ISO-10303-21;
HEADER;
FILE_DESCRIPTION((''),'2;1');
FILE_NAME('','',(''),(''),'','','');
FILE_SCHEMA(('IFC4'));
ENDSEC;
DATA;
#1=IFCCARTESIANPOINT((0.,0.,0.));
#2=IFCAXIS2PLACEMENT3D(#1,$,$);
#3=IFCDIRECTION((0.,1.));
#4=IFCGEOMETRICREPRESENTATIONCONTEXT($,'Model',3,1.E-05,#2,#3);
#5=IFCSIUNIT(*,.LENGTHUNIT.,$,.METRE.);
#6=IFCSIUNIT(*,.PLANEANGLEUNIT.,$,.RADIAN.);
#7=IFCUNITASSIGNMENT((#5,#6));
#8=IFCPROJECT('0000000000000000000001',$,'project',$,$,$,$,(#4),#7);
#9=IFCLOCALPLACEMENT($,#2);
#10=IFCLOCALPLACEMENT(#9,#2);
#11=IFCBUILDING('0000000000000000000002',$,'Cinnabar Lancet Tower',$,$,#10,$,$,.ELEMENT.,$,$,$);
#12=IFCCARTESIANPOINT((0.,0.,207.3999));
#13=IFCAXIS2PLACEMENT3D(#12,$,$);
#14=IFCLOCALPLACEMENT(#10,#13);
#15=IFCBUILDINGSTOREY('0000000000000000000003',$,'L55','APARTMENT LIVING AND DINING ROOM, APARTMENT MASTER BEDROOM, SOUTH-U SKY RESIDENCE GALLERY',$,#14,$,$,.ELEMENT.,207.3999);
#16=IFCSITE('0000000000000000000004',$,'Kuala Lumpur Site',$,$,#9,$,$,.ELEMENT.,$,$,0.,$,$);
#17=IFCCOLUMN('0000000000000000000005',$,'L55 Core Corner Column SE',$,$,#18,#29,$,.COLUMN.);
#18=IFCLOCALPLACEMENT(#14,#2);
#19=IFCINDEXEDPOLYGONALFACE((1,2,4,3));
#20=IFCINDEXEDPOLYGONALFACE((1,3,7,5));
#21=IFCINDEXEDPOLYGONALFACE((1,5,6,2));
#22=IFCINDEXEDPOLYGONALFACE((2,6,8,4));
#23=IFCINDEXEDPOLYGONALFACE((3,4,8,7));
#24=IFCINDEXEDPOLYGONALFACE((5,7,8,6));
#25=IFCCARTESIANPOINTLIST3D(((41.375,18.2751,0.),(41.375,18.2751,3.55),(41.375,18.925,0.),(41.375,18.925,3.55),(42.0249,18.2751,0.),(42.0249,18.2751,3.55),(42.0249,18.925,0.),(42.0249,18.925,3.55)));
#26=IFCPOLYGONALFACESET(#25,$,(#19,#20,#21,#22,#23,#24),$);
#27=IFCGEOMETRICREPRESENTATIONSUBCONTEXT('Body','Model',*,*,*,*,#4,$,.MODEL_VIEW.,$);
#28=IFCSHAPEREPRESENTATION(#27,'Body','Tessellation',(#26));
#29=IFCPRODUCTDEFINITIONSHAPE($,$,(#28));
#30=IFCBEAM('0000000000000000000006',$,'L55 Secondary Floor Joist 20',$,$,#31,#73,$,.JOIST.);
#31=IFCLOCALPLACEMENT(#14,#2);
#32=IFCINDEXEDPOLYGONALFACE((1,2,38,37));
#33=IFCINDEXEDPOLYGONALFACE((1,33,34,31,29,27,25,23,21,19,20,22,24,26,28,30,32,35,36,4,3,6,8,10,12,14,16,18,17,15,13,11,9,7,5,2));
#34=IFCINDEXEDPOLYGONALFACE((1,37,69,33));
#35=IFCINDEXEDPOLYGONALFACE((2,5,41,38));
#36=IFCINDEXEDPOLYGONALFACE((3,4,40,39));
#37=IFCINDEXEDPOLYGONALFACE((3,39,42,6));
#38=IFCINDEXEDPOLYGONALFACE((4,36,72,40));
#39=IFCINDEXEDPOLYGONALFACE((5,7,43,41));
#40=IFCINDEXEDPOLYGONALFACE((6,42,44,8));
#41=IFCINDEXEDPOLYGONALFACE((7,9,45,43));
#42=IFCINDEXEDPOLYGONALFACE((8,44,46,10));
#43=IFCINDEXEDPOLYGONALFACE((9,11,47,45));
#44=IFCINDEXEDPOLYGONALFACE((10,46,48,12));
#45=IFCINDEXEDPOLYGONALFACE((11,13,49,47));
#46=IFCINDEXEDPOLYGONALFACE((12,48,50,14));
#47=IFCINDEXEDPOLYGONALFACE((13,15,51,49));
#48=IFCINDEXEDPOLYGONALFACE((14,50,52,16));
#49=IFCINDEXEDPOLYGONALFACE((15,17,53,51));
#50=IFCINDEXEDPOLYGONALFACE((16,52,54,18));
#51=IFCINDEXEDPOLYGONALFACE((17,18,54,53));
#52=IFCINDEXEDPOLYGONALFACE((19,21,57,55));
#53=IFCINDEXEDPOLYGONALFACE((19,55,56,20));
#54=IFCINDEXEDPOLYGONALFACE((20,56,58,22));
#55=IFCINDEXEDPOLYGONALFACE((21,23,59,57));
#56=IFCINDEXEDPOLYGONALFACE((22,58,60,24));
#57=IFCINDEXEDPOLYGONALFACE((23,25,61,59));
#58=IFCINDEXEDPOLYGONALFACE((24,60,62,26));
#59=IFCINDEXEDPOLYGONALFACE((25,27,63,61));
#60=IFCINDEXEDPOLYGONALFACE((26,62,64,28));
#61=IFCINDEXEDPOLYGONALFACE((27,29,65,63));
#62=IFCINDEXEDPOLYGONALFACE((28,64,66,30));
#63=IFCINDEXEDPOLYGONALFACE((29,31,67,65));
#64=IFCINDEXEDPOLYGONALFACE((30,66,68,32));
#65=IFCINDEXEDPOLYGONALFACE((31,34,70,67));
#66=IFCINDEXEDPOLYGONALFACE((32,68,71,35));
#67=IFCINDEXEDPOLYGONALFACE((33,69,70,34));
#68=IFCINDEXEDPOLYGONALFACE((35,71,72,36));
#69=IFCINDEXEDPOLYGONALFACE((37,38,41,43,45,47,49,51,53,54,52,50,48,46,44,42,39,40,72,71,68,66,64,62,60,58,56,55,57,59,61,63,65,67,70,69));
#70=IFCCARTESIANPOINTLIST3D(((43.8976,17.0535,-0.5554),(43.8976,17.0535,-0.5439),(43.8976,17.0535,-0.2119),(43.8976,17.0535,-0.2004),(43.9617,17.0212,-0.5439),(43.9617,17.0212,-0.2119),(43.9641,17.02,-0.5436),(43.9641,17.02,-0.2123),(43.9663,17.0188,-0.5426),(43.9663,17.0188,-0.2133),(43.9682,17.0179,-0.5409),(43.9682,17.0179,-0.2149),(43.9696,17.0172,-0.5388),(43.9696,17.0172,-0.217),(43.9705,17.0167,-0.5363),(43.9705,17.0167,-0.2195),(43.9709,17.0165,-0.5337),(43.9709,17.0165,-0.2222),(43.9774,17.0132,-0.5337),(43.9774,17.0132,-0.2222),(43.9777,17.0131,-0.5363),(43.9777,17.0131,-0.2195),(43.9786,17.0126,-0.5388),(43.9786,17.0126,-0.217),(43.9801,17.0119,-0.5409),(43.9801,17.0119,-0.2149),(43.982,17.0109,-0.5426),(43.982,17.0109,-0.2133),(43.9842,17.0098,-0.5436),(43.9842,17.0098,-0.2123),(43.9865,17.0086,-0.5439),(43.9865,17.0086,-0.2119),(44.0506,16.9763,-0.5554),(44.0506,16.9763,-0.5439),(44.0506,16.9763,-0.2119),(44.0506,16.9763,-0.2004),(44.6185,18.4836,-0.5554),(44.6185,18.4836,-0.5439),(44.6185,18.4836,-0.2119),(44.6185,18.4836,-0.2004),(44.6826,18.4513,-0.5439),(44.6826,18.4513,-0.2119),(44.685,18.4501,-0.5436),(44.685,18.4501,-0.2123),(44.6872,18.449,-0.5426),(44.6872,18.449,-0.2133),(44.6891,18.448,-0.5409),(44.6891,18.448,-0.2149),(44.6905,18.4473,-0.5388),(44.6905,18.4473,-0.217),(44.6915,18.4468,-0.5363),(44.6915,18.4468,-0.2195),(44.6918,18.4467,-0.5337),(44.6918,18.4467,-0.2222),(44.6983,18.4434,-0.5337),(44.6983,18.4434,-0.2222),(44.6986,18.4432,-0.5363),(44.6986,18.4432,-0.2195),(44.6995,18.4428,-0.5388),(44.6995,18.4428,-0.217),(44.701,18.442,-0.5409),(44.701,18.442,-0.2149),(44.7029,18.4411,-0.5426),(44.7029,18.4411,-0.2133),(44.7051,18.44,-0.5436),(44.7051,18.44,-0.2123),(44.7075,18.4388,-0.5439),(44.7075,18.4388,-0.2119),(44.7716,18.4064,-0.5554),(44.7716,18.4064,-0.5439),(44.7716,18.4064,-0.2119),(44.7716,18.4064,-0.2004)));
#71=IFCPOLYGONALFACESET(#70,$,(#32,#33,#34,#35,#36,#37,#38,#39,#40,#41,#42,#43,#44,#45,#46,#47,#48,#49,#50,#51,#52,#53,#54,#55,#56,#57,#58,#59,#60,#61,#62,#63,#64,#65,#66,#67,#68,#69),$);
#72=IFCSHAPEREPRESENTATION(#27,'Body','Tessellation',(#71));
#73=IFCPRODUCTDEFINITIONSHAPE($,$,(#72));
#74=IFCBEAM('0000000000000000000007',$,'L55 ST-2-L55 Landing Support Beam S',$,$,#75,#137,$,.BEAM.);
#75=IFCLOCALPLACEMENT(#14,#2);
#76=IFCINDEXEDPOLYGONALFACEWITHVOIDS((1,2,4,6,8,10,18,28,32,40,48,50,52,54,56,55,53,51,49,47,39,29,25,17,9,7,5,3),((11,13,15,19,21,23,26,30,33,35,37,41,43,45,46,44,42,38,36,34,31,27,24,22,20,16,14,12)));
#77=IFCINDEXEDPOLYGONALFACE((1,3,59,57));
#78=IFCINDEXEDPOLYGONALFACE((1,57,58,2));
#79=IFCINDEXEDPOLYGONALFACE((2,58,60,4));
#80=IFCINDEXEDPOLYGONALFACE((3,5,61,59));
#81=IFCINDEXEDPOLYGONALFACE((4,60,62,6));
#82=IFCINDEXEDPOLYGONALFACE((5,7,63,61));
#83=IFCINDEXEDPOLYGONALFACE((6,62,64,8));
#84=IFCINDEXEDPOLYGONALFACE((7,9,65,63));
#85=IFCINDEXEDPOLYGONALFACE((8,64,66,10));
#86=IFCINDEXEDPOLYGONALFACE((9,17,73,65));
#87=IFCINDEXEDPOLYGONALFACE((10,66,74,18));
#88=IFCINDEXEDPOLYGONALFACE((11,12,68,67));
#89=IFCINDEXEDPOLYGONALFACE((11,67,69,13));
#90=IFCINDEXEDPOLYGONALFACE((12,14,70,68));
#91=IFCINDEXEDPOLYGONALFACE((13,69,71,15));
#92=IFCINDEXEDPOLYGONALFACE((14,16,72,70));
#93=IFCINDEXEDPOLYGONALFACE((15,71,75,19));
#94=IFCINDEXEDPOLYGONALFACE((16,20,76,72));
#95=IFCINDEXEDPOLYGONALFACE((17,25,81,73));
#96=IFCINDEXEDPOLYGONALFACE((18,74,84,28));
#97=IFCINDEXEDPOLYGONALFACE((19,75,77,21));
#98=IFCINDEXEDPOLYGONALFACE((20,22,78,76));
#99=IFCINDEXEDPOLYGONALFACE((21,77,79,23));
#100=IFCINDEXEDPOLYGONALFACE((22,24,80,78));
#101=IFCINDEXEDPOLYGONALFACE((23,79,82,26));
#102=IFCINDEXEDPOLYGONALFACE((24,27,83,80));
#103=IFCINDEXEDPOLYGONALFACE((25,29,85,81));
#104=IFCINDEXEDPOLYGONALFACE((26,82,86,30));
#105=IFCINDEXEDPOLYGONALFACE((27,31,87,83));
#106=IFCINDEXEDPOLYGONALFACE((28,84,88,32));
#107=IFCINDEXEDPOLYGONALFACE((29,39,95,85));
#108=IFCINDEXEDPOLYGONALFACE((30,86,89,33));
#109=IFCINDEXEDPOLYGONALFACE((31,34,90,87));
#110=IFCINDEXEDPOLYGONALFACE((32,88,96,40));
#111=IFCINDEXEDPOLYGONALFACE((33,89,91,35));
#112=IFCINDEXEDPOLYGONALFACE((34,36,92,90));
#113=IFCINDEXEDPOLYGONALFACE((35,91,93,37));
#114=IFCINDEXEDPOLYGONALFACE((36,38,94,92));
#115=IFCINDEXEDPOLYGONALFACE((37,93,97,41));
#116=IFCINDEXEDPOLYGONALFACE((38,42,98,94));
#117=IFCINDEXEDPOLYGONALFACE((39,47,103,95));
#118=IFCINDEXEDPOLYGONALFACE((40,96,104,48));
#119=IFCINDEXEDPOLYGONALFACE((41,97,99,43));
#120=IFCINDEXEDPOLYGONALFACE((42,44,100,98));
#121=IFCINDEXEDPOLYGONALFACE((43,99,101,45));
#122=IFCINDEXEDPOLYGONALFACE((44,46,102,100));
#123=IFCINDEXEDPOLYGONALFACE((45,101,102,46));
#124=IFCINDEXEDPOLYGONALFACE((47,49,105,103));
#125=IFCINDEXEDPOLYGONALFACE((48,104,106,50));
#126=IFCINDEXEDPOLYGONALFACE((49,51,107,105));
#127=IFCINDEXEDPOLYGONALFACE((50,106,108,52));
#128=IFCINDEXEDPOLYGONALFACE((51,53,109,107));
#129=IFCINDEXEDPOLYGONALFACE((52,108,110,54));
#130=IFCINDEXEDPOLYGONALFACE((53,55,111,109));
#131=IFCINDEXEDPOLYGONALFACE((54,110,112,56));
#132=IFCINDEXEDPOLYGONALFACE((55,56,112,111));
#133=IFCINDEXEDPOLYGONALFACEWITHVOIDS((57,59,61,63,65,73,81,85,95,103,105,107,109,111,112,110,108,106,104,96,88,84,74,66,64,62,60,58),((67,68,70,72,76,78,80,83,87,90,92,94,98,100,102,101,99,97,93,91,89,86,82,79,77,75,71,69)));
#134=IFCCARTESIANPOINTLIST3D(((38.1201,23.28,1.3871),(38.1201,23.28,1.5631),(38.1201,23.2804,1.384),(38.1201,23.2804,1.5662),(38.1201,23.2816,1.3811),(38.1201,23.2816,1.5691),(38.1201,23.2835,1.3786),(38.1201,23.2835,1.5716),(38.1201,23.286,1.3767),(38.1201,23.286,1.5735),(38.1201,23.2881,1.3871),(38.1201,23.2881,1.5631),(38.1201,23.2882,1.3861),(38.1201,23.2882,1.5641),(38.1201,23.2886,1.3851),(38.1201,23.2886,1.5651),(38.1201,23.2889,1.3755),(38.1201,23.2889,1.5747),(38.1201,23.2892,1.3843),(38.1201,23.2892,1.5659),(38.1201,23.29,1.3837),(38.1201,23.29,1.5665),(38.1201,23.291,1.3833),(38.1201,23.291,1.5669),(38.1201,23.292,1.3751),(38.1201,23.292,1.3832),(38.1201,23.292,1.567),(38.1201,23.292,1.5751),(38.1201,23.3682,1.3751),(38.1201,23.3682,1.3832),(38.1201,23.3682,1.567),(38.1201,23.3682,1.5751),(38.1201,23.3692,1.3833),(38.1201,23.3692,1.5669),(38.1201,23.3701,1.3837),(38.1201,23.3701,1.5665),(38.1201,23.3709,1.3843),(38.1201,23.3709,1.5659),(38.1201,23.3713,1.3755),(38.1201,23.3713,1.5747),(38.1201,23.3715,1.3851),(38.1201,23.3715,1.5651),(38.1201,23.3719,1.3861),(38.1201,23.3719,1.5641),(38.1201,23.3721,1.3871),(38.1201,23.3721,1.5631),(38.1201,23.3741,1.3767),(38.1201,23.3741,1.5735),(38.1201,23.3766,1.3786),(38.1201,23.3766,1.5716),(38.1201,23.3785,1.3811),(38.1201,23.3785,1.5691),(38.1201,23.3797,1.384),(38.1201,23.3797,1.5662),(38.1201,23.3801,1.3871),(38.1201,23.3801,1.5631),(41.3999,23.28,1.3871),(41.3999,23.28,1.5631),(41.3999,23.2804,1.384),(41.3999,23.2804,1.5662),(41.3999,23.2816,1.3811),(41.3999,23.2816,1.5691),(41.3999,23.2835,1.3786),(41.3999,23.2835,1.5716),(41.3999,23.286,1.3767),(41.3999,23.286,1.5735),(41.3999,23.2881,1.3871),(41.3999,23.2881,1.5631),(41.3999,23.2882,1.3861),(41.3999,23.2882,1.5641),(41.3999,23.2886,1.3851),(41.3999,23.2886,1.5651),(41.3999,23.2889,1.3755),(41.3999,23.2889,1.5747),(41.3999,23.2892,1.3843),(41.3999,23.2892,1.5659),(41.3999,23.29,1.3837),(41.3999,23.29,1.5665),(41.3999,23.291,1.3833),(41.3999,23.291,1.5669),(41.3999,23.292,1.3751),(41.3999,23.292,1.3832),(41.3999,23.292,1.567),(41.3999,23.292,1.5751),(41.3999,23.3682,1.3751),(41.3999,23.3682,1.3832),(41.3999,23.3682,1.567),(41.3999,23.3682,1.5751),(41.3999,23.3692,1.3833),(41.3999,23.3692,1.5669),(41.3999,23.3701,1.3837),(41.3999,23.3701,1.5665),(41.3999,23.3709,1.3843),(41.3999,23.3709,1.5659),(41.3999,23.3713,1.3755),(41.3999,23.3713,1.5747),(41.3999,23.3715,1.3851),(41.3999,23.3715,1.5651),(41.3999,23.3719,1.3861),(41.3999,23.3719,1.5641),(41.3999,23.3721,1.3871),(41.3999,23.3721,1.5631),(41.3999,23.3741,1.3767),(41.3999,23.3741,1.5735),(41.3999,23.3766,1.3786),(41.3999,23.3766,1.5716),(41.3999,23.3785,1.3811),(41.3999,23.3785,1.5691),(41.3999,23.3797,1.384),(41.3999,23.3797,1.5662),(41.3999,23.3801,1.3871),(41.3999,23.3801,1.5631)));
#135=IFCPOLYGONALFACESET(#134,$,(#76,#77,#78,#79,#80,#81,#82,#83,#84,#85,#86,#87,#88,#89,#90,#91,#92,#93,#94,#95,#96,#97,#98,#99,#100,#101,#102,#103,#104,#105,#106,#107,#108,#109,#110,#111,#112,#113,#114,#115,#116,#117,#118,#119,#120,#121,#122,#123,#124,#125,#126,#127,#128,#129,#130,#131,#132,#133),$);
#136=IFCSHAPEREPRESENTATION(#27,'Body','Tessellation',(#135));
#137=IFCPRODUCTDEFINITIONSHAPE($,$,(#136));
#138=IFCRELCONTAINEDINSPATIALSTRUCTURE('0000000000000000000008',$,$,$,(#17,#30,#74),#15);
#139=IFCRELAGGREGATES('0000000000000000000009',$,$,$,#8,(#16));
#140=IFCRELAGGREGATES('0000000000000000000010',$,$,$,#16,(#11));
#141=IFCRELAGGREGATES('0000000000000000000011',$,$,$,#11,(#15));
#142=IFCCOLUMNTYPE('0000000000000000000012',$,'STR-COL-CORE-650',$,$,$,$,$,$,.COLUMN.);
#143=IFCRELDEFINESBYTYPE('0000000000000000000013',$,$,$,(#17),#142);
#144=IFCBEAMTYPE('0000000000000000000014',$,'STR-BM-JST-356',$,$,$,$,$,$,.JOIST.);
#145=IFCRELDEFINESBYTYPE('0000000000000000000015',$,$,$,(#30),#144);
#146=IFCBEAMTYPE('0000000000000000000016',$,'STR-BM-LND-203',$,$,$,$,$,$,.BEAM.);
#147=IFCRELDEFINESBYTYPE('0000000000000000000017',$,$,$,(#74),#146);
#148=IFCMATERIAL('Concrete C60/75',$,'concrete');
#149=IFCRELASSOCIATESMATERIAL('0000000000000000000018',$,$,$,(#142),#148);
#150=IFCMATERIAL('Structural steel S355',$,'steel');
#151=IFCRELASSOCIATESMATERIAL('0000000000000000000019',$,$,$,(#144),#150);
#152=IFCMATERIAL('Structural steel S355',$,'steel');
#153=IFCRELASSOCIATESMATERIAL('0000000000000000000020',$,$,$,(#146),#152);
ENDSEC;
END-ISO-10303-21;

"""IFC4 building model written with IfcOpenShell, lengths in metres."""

from ifc_helpers import new_model, si_unit, direction, frame, origin, origin_2d, place, context, subcontext, project, spatial, rectangle, hollow_rectangle, i_section, extrude, material, material_profile, profile_set, type_object, element, save


model = new_model("IFC4")

# Units and contexts
model_context = context("Model", 3, precision=1e-05, world=origin(), true_north=direction((0.0, 1.0)))
body_context = subcontext(model_context, "Body", "Model", "MODEL_VIEW")
ifc_project = project(units=[si_unit("LENGTHUNIT", "METRE"), si_unit("PLANEANGLEUNIT", "RADIAN")], contexts=[model_context])

# Site, building, storey
site_placement = place(None, origin())
site = spatial("IfcSite", under=ifc_project, at=site_placement, Name="Kuala Lumpur Site", CompositionType="ELEMENT", RefElevation=0.0)
building_placement = place(site_placement, origin())
building = spatial("IfcBuilding", under=site, at=building_placement, Name="Cinnabar Lancet Tower", CompositionType="ELEMENT")
storey_placement = place(building_placement, frame((0.0, 0.0, 207.3999)))
storey = spatial("IfcBuildingStorey", under=building, at=storey_placement, Name="L55", Description="APARTMENT LIVING AND DINING ROOM, APARTMENT MASTER BEDROOM, SOUTH-U SKY RESIDENCE GALLERY", CompositionType="ELEMENT", Elevation=207.3999)

# Column
ifc_material_1 = material(Name="Concrete C60/75", Category="concrete")
ifc_material_profile_1 = material_profile(ifc_material_1, rectangle(XDim=0.6499, YDim=0.6499, at=origin_2d()), Name="RC-COL 650x650")
ifc_profile_set_1 = profile_set([ifc_material_profile_1], Name="Concrete C60/75")
column_type = type_object("IfcColumnType", Name="STR-COL-CORE-650", PredefinedType="COLUMN", material=ifc_profile_set_1)
column_placement = place(storey_placement, frame((41.7, 18.6001, 0.0), z_axis=(0.0, 0.0, 1.0), x_axis=(1.0, 0.0, 0.0)))
element("IfcColumn", 1, at=column_placement, inside=storey, type_object=column_type, Name="L55 Core Corner Column SE", PredefinedType="COLUMN", context=body_context, shape_type="SweptSolid", body=[
    extrude(rectangle(XDim=0.6499, YDim=0.6499, at=origin_2d()), origin(), (0.0, 0.0, 1.0), 3.55),
])

# Beams
ifc_material_2 = material(Name="Structural steel S355", Category="steel")
ifc_material_profile_2 = material_profile(ifc_material_2, i_section(OverallWidth=0.1714, OverallDepth=0.355, WebThickness=0.0073, FlangeThickness=0.0115, FilletRadius=0.0103, at=origin_2d()), Name="UKB 356x171x51")
ifc_profile_set_2 = profile_set([ifc_material_profile_2], Name="Structural steel S355")
beam_type_1 = type_object("IfcBeamType", Name="STR-BM-JST-356", PredefinedType="JOIST", material=ifc_profile_set_2)
beam_1_placement = place(storey_placement, frame((43.9741, 17.0149, -0.3779), z_axis=(0.450138, 0.892959, 0.0), x_axis=(-0.892959, 0.450138, 0.0)))
element("IfcBeam", 2, at=beam_1_placement, inside=storey, type_object=beam_type_1, Name="L55 Secondary Floor Joist 20", PredefinedType="JOIST", context=body_context, shape_type="SweptSolid", body=[
    extrude(i_section(OverallWidth=0.1714, OverallDepth=0.355, WebThickness=0.0073, FlangeThickness=0.0115, FilletRadius=0.0103, at=origin_2d()), origin(), (0.0, 0.0, 1.0), 1.6016),
])
ifc_material_3 = material(Name="Structural steel S355", Category="steel")
ifc_material_profile_3 = material_profile(ifc_material_3, hollow_rectangle(XDim=0.1001, YDim=0.2, WallThickness=0.0081, InnerFilletRadius=0.0039, OuterFilletRadius=0.012, at=origin_2d()), Name="RHS 200x100x8")
ifc_profile_set_3 = profile_set([ifc_material_profile_3], Name="Structural steel S355")
beam_type_2 = type_object("IfcBeamType", Name="STR-BM-LND-203", PredefinedType="BEAM", material=ifc_profile_set_3)
for number, where, z_axis, x_axis, name in (
    (3, (38.1201, 23.3301, 1.4751), (1.0, 0.0, 0.0), (0.0, 1.0, 0.0), "L55 ST-2-L55 Landing Support Beam S"),
):
    element("IfcBeam", number, at=place(storey_placement, frame(where, z_axis=z_axis, x_axis=x_axis)), inside=storey, type_object=beam_type_2, Name=name, PredefinedType="BEAM", context=body_context, shape_type="SweptSolid", body=[
        extrude(hollow_rectangle(XDim=0.1001, YDim=0.2, WallThickness=0.0081, InnerFilletRadius=0.0039, OuterFilletRadius=0.012, at=origin_2d()), origin(), (0.0, 0.0, 1.0), 3.2798),
    ])

save(model, "model.ifc")
